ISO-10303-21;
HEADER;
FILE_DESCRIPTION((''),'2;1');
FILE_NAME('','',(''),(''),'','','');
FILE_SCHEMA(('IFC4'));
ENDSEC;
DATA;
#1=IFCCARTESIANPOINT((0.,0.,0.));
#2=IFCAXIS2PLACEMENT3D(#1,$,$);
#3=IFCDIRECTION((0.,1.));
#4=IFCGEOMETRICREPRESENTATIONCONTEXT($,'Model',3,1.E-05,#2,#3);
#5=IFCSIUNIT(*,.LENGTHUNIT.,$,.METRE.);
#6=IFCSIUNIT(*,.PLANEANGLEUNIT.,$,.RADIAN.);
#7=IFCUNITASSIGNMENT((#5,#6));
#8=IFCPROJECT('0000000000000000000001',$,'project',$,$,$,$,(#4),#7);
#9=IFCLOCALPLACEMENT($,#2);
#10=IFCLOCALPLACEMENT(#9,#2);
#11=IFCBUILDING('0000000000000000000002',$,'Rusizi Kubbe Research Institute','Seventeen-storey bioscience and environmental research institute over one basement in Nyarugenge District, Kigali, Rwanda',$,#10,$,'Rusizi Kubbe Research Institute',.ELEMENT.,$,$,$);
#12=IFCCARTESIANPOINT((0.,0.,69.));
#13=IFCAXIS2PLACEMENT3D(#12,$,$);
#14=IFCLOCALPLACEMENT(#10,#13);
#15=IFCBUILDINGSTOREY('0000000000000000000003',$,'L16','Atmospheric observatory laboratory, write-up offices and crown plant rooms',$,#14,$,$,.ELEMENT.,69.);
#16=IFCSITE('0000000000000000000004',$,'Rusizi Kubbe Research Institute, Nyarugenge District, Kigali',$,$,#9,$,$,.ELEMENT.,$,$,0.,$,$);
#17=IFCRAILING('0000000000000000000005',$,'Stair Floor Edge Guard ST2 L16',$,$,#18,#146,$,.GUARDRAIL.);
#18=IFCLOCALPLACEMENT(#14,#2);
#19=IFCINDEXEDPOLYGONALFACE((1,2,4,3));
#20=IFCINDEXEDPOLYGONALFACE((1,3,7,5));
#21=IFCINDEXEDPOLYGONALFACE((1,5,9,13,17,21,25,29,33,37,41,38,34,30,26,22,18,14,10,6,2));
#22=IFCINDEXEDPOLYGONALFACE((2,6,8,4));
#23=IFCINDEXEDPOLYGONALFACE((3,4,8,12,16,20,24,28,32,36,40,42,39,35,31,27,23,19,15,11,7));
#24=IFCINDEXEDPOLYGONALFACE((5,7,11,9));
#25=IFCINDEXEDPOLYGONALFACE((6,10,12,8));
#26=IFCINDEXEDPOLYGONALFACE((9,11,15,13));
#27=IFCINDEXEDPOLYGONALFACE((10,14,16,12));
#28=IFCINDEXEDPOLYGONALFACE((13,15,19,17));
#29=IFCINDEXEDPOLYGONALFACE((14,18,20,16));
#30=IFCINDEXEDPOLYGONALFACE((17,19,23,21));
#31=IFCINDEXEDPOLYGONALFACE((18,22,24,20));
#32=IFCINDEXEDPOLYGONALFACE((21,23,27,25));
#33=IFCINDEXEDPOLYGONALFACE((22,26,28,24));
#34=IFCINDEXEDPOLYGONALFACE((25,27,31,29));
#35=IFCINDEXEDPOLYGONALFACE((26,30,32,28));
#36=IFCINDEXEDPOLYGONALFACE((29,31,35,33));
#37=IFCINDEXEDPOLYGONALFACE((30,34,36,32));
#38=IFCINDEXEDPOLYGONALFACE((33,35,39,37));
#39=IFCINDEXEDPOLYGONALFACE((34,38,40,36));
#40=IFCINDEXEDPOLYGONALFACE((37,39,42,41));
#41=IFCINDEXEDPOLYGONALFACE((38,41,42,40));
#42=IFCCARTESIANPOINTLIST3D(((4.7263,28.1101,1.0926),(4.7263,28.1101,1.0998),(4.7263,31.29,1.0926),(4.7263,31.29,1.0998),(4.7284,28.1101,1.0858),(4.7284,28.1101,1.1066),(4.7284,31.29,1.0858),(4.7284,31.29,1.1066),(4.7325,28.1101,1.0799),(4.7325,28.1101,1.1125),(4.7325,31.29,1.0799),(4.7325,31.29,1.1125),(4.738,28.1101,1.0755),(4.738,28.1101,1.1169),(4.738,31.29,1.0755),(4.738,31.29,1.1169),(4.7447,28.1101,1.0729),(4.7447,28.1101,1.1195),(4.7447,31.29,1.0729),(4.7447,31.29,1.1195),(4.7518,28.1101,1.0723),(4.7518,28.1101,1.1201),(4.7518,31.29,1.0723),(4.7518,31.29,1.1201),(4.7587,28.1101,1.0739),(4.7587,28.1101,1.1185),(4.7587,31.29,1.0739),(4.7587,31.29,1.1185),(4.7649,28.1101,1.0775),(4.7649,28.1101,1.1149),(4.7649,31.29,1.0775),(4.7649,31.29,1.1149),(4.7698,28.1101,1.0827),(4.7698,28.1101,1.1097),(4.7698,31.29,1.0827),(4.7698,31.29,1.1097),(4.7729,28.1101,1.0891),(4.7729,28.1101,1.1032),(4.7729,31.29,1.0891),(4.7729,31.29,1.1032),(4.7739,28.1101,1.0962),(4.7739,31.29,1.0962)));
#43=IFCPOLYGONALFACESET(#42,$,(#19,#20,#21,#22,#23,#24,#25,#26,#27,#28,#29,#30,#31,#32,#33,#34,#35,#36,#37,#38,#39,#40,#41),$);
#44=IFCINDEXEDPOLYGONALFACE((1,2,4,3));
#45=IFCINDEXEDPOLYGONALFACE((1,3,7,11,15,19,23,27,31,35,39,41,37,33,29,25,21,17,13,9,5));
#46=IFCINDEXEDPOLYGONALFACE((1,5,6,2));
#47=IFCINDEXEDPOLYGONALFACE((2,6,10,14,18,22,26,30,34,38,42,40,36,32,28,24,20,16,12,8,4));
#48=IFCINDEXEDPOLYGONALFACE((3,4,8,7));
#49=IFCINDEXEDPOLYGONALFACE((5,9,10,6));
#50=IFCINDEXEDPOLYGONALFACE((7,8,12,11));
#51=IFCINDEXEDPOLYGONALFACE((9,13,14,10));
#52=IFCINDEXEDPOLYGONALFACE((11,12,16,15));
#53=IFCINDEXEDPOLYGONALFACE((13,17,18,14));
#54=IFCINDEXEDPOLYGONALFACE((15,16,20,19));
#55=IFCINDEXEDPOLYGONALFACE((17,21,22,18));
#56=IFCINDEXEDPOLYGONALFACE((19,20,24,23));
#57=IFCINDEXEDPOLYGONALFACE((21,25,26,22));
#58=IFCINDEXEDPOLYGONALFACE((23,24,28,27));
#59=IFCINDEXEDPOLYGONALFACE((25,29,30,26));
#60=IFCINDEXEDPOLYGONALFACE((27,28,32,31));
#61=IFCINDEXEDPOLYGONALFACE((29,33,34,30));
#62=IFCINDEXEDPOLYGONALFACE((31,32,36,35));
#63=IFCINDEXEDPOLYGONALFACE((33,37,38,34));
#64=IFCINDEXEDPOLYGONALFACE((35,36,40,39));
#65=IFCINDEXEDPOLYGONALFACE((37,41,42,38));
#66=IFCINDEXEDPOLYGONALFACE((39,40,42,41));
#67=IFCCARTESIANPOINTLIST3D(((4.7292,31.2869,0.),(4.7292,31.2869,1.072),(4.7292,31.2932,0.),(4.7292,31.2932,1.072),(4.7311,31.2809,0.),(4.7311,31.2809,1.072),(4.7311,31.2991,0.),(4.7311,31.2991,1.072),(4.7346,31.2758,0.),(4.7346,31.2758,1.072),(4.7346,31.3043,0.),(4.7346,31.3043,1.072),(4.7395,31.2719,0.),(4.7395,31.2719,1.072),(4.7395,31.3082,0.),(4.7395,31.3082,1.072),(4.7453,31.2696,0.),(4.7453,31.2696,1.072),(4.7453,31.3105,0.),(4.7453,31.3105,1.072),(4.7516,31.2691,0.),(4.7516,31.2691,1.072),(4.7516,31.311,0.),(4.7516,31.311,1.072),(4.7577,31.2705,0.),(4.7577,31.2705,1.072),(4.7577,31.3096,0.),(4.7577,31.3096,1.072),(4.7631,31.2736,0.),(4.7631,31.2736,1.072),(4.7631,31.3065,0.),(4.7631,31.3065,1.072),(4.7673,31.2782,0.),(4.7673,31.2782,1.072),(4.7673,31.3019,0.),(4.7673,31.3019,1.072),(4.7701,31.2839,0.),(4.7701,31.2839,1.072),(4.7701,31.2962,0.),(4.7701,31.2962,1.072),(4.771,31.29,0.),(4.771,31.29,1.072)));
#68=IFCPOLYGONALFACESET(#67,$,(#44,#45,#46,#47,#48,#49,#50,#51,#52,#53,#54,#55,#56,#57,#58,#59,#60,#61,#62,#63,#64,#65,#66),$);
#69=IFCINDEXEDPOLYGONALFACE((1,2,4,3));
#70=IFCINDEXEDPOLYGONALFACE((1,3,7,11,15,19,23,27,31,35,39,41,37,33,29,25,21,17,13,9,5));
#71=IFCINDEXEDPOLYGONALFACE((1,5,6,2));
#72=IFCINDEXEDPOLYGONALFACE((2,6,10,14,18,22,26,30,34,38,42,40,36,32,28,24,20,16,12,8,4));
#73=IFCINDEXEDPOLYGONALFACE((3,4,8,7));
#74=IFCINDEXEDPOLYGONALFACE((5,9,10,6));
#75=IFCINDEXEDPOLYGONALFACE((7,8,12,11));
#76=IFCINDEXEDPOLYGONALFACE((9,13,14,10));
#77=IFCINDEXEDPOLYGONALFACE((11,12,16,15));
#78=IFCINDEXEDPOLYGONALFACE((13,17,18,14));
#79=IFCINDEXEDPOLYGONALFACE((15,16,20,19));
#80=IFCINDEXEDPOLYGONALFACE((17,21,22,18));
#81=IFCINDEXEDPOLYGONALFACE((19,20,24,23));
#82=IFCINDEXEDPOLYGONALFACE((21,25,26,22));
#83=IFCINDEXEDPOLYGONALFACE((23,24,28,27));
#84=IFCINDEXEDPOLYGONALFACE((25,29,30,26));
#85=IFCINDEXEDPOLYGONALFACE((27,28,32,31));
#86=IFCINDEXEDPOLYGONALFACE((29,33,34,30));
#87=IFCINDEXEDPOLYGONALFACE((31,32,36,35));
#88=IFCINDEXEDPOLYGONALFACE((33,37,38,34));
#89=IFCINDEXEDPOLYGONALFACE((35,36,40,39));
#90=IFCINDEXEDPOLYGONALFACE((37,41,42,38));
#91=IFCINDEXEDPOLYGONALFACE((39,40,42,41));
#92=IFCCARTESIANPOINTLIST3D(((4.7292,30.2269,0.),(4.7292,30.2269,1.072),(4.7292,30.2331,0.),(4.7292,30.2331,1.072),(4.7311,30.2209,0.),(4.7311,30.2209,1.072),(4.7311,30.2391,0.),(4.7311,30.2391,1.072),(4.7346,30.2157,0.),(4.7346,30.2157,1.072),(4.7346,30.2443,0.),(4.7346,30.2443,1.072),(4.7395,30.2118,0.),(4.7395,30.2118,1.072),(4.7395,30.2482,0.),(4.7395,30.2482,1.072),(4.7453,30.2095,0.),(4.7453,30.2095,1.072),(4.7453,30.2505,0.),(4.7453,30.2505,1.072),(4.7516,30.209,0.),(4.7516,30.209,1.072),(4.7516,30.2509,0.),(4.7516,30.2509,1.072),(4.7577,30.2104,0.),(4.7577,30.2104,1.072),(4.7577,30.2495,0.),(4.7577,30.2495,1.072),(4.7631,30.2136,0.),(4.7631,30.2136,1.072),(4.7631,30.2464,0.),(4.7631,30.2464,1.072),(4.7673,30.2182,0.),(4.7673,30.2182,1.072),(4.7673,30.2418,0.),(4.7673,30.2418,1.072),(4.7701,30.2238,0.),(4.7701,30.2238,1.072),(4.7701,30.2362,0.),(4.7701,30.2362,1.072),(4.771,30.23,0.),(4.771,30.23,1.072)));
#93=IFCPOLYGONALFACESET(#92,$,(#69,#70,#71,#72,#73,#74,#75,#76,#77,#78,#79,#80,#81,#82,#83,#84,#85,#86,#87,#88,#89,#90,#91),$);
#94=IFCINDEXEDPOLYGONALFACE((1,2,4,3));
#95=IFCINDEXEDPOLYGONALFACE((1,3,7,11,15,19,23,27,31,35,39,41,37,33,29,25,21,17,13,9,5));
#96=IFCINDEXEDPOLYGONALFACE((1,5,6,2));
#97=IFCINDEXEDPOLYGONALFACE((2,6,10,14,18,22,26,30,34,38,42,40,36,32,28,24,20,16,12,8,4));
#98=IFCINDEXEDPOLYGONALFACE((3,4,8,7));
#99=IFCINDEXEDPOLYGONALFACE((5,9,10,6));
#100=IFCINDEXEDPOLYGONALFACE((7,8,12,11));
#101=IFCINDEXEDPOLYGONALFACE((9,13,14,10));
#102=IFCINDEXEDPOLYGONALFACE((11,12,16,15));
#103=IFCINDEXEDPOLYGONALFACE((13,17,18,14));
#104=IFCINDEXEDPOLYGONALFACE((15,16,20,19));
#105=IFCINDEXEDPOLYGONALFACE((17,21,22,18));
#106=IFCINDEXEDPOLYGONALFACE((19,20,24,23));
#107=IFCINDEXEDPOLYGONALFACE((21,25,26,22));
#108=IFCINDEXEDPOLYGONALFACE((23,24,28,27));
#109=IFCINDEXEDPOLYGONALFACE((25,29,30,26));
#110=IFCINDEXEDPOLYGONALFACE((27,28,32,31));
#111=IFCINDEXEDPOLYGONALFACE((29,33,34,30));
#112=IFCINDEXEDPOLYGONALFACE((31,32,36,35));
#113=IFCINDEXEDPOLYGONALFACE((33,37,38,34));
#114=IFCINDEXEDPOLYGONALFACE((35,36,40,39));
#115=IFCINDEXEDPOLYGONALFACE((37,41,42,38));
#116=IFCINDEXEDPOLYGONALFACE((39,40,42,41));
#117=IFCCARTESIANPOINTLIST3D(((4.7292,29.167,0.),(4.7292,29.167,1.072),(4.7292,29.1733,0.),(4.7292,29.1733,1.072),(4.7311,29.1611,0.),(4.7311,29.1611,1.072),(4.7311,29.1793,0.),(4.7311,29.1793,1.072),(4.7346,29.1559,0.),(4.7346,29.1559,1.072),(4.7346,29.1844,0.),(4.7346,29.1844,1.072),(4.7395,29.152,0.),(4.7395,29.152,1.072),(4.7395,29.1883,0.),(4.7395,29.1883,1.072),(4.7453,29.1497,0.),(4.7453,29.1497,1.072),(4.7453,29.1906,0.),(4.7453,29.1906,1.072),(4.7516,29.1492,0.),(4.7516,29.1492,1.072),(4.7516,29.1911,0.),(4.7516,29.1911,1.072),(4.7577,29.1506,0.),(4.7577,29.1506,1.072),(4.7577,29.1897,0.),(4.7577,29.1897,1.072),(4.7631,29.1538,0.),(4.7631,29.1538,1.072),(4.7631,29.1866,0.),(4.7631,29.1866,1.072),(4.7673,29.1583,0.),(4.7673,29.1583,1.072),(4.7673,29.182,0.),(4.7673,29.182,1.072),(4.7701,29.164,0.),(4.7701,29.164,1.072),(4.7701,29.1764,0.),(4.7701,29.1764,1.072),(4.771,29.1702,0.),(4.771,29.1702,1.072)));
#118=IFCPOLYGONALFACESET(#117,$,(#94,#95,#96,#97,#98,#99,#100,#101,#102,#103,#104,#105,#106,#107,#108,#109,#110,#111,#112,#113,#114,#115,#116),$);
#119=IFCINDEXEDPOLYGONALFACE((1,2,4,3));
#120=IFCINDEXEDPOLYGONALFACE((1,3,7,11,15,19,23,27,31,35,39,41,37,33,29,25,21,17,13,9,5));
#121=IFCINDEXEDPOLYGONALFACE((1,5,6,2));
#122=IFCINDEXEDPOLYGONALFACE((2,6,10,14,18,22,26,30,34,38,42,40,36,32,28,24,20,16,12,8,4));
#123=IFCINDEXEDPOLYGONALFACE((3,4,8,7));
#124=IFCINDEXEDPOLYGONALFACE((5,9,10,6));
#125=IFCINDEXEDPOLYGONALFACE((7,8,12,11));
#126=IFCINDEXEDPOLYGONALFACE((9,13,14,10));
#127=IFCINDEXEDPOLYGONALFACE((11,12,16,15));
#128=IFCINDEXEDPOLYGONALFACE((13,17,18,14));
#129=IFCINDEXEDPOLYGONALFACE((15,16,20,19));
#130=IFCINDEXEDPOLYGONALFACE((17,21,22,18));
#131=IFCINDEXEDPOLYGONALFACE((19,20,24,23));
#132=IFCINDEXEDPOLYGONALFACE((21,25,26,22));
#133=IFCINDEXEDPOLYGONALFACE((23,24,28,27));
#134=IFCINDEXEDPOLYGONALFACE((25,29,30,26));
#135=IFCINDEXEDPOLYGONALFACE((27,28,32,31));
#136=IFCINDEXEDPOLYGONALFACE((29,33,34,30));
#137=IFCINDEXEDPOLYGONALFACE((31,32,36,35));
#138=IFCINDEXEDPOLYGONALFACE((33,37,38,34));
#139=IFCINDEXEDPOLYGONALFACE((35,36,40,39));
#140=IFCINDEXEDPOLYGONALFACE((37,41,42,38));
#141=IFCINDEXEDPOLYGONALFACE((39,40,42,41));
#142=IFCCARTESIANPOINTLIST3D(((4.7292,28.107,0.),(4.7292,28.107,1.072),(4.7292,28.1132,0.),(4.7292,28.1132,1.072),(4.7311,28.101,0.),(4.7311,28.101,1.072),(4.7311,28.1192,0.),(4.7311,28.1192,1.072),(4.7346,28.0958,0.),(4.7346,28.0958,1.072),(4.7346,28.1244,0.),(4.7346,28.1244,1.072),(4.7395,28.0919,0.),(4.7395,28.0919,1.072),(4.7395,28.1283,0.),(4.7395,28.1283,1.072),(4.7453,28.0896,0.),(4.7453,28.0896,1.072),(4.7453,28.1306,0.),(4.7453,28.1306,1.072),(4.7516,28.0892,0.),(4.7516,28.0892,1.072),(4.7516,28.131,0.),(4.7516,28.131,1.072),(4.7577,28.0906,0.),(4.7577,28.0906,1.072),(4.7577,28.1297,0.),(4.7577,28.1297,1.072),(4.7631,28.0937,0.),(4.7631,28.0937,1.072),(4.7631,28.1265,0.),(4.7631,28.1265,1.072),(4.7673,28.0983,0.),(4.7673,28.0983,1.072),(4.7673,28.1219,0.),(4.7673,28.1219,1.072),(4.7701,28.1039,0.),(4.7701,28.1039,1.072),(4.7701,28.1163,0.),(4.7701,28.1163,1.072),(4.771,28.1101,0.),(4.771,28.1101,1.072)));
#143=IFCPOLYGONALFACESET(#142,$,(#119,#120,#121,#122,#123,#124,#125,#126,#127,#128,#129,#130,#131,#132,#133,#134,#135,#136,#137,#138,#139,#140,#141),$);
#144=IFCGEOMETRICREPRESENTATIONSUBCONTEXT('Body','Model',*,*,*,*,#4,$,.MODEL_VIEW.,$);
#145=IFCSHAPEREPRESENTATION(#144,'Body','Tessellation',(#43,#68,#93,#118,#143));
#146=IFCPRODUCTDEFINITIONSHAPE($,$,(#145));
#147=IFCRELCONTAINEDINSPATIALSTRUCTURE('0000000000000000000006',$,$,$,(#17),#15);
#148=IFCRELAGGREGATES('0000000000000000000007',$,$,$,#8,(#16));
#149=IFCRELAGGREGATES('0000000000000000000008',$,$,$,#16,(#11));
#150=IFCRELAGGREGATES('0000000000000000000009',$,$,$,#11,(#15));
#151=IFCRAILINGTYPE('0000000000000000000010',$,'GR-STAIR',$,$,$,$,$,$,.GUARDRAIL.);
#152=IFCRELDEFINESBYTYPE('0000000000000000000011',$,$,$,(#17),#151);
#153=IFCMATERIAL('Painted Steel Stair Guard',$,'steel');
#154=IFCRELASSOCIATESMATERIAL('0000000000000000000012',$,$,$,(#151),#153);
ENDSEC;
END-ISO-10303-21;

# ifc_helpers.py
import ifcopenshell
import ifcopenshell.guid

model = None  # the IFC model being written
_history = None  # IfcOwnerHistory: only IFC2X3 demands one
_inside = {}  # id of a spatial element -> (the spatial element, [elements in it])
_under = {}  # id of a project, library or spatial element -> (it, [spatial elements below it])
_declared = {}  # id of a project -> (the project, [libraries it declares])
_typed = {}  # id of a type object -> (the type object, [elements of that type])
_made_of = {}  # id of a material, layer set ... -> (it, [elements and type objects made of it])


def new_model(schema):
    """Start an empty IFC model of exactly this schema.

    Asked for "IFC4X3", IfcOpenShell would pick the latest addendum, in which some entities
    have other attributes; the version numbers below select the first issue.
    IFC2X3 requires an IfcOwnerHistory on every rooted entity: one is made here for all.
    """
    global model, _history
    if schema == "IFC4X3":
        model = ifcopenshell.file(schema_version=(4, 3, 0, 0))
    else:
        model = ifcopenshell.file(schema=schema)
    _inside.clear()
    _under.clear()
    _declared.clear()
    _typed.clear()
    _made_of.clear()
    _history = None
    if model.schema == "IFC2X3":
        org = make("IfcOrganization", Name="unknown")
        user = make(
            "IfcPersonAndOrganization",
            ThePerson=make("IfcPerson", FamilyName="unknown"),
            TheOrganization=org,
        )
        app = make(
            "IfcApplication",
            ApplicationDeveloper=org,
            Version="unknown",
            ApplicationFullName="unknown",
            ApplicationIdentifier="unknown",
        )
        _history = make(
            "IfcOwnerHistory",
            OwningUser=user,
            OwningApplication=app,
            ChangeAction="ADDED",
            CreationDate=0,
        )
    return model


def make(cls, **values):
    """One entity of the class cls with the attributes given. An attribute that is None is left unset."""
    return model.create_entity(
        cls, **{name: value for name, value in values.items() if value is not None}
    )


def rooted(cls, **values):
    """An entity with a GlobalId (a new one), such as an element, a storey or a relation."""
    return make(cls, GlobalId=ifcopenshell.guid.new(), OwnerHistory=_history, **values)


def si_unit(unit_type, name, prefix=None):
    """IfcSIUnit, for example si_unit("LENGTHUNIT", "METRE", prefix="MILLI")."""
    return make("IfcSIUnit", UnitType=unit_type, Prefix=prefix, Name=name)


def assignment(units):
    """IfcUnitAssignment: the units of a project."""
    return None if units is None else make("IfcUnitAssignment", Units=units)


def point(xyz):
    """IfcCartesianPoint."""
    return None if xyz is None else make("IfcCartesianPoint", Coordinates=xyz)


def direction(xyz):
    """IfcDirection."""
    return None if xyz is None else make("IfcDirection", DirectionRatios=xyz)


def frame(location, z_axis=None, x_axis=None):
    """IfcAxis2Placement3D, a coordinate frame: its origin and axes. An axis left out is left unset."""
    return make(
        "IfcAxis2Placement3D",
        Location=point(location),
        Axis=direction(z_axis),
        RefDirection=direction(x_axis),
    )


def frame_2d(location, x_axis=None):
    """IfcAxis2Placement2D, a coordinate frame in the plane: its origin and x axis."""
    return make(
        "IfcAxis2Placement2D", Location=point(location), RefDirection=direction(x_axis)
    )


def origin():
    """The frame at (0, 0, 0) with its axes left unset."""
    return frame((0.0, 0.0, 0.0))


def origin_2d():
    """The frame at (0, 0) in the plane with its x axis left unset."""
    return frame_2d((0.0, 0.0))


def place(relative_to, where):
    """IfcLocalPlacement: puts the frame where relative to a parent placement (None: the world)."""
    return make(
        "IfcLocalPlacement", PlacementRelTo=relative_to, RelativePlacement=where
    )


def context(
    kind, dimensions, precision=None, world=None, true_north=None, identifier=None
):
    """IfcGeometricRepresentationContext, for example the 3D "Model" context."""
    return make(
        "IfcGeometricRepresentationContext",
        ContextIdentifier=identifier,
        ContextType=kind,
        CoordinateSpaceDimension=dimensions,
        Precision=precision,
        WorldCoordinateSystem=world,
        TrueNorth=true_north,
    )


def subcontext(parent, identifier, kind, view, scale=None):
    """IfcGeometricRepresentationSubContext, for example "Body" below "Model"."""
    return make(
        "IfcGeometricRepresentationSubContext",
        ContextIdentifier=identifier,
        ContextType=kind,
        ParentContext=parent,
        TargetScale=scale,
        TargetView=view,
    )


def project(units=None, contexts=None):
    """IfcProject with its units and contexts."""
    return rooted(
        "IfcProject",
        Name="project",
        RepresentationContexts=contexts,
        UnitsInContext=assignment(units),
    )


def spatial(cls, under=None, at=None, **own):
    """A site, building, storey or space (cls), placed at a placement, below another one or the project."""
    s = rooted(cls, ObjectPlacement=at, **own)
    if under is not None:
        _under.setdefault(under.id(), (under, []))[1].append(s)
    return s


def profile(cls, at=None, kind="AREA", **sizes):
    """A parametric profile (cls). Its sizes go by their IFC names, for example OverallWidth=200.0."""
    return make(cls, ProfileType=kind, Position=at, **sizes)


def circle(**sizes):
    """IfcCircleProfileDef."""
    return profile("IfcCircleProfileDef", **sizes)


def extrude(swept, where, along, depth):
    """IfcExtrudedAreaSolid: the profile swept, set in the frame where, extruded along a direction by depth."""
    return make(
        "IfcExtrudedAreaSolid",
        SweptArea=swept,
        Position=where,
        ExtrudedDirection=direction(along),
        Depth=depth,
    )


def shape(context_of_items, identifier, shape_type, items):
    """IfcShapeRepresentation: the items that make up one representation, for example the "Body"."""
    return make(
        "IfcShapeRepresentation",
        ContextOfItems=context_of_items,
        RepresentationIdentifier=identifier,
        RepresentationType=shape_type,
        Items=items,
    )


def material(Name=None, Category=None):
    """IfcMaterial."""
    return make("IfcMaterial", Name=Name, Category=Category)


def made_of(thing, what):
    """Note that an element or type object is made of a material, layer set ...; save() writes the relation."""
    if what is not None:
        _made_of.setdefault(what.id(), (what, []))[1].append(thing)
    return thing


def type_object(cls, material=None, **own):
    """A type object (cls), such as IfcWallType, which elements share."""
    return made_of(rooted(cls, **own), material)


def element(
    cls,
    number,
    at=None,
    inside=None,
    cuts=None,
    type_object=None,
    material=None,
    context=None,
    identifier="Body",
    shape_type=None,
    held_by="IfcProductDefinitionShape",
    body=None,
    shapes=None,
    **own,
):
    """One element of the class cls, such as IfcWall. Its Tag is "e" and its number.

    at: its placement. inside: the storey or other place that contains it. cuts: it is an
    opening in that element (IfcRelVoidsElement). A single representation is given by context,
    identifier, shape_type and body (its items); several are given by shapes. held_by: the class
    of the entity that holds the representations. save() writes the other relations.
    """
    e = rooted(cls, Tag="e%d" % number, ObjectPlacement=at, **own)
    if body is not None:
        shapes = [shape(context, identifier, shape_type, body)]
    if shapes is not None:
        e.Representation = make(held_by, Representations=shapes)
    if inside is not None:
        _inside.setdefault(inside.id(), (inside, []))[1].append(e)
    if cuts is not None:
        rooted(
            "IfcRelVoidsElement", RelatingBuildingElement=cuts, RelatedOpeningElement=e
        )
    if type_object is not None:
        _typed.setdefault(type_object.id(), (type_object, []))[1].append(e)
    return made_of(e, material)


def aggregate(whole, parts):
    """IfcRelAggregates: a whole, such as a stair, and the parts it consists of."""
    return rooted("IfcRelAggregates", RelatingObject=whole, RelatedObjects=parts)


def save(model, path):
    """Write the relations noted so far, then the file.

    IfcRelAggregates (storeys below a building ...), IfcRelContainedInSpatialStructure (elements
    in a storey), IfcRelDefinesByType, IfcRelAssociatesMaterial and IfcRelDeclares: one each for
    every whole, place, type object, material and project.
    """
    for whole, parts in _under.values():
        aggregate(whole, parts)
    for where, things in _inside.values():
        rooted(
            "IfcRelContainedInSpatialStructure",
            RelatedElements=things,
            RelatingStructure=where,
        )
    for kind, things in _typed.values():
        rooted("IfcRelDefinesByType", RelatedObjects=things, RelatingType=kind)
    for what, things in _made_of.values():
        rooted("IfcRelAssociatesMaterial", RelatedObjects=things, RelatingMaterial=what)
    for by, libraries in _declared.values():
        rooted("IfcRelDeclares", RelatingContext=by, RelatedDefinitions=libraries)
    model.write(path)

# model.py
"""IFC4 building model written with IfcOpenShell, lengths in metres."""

from ifc_helpers import new_model, si_unit, direction, frame, origin, origin_2d, place, context, subcontext, project, spatial, circle, extrude, material, type_object, element, save


model = new_model("IFC4")

# Units and contexts
model_context = context("Model", 3, precision=1e-05, world=origin(), true_north=direction((0.0, 1.0)))
body_context = subcontext(model_context, "Body", "Model", "MODEL_VIEW")
ifc_project = project(units=[si_unit("LENGTHUNIT", "METRE"), si_unit("PLANEANGLEUNIT", "RADIAN")], contexts=[model_context])

# Site, building, storey
site_placement = place(None, origin())
site = spatial("IfcSite", under=ifc_project, at=site_placement, Name="Rusizi Kubbe Research Institute, Nyarugenge District, Kigali", CompositionType="ELEMENT", RefElevation=0.0)
building_placement = place(site_placement, origin())
building = spatial("IfcBuilding", under=site, at=building_placement, Name="Rusizi Kubbe Research Institute", Description="Seventeen-storey bioscience and environmental research institute over one basement in Nyarugenge District, Kigali, Rwanda", LongName="Rusizi Kubbe Research Institute", CompositionType="ELEMENT")
storey_placement = place(building_placement, frame((0.0, 0.0, 69.0)))
storey = spatial("IfcBuildingStorey", under=building, at=storey_placement, Name="L16", Description="Atmospheric observatory laboratory, write-up offices and crown plant rooms", CompositionType="ELEMENT", Elevation=69.0)

# Railing
ifc_material_1 = material(Name="Painted Steel Stair Guard", Category="steel")
railing_type = type_object("IfcRailingType", Name="GR-STAIR", PredefinedType="GUARDRAIL", material=ifc_material_1)
railing_placement = place(storey_placement, frame((4.75, 31.29, 0.0)))
element("IfcRailing", 1, at=railing_placement, inside=storey, type_object=railing_type, Name="Stair Floor Edge Guard ST2 L16", PredefinedType="GUARDRAIL", context=body_context, shape_type="SweptSolid", body=[
    extrude(circle(Radius=0.0239, at=origin_2d()), frame((0.0, 0.0, 1.0962), z_axis=(0.0, -1.0, 0.0), x_axis=(1.0, 0.0, 0.0)), (0.0, 0.0, 1.0), 3.1799),
    extrude(circle(Radius=0.021, at=origin_2d()), origin(), (0.0, 0.0, 1.0), 1.072),
    extrude(circle(Radius=0.021, at=origin_2d()), frame((0.0, -1.0601, 0.0)), (0.0, 0.0, 1.0), 1.072),
    extrude(circle(Radius=0.021, at=origin_2d()), frame((0.0, -2.1199, 0.0)), (0.0, 0.0, 1.0), 1.072),
    extrude(circle(Radius=0.021, at=origin_2d()), frame((0.0, -3.1799, 0.0)), (0.0, 0.0, 1.0), 1.072),
])

save(model, "model.ifc")
